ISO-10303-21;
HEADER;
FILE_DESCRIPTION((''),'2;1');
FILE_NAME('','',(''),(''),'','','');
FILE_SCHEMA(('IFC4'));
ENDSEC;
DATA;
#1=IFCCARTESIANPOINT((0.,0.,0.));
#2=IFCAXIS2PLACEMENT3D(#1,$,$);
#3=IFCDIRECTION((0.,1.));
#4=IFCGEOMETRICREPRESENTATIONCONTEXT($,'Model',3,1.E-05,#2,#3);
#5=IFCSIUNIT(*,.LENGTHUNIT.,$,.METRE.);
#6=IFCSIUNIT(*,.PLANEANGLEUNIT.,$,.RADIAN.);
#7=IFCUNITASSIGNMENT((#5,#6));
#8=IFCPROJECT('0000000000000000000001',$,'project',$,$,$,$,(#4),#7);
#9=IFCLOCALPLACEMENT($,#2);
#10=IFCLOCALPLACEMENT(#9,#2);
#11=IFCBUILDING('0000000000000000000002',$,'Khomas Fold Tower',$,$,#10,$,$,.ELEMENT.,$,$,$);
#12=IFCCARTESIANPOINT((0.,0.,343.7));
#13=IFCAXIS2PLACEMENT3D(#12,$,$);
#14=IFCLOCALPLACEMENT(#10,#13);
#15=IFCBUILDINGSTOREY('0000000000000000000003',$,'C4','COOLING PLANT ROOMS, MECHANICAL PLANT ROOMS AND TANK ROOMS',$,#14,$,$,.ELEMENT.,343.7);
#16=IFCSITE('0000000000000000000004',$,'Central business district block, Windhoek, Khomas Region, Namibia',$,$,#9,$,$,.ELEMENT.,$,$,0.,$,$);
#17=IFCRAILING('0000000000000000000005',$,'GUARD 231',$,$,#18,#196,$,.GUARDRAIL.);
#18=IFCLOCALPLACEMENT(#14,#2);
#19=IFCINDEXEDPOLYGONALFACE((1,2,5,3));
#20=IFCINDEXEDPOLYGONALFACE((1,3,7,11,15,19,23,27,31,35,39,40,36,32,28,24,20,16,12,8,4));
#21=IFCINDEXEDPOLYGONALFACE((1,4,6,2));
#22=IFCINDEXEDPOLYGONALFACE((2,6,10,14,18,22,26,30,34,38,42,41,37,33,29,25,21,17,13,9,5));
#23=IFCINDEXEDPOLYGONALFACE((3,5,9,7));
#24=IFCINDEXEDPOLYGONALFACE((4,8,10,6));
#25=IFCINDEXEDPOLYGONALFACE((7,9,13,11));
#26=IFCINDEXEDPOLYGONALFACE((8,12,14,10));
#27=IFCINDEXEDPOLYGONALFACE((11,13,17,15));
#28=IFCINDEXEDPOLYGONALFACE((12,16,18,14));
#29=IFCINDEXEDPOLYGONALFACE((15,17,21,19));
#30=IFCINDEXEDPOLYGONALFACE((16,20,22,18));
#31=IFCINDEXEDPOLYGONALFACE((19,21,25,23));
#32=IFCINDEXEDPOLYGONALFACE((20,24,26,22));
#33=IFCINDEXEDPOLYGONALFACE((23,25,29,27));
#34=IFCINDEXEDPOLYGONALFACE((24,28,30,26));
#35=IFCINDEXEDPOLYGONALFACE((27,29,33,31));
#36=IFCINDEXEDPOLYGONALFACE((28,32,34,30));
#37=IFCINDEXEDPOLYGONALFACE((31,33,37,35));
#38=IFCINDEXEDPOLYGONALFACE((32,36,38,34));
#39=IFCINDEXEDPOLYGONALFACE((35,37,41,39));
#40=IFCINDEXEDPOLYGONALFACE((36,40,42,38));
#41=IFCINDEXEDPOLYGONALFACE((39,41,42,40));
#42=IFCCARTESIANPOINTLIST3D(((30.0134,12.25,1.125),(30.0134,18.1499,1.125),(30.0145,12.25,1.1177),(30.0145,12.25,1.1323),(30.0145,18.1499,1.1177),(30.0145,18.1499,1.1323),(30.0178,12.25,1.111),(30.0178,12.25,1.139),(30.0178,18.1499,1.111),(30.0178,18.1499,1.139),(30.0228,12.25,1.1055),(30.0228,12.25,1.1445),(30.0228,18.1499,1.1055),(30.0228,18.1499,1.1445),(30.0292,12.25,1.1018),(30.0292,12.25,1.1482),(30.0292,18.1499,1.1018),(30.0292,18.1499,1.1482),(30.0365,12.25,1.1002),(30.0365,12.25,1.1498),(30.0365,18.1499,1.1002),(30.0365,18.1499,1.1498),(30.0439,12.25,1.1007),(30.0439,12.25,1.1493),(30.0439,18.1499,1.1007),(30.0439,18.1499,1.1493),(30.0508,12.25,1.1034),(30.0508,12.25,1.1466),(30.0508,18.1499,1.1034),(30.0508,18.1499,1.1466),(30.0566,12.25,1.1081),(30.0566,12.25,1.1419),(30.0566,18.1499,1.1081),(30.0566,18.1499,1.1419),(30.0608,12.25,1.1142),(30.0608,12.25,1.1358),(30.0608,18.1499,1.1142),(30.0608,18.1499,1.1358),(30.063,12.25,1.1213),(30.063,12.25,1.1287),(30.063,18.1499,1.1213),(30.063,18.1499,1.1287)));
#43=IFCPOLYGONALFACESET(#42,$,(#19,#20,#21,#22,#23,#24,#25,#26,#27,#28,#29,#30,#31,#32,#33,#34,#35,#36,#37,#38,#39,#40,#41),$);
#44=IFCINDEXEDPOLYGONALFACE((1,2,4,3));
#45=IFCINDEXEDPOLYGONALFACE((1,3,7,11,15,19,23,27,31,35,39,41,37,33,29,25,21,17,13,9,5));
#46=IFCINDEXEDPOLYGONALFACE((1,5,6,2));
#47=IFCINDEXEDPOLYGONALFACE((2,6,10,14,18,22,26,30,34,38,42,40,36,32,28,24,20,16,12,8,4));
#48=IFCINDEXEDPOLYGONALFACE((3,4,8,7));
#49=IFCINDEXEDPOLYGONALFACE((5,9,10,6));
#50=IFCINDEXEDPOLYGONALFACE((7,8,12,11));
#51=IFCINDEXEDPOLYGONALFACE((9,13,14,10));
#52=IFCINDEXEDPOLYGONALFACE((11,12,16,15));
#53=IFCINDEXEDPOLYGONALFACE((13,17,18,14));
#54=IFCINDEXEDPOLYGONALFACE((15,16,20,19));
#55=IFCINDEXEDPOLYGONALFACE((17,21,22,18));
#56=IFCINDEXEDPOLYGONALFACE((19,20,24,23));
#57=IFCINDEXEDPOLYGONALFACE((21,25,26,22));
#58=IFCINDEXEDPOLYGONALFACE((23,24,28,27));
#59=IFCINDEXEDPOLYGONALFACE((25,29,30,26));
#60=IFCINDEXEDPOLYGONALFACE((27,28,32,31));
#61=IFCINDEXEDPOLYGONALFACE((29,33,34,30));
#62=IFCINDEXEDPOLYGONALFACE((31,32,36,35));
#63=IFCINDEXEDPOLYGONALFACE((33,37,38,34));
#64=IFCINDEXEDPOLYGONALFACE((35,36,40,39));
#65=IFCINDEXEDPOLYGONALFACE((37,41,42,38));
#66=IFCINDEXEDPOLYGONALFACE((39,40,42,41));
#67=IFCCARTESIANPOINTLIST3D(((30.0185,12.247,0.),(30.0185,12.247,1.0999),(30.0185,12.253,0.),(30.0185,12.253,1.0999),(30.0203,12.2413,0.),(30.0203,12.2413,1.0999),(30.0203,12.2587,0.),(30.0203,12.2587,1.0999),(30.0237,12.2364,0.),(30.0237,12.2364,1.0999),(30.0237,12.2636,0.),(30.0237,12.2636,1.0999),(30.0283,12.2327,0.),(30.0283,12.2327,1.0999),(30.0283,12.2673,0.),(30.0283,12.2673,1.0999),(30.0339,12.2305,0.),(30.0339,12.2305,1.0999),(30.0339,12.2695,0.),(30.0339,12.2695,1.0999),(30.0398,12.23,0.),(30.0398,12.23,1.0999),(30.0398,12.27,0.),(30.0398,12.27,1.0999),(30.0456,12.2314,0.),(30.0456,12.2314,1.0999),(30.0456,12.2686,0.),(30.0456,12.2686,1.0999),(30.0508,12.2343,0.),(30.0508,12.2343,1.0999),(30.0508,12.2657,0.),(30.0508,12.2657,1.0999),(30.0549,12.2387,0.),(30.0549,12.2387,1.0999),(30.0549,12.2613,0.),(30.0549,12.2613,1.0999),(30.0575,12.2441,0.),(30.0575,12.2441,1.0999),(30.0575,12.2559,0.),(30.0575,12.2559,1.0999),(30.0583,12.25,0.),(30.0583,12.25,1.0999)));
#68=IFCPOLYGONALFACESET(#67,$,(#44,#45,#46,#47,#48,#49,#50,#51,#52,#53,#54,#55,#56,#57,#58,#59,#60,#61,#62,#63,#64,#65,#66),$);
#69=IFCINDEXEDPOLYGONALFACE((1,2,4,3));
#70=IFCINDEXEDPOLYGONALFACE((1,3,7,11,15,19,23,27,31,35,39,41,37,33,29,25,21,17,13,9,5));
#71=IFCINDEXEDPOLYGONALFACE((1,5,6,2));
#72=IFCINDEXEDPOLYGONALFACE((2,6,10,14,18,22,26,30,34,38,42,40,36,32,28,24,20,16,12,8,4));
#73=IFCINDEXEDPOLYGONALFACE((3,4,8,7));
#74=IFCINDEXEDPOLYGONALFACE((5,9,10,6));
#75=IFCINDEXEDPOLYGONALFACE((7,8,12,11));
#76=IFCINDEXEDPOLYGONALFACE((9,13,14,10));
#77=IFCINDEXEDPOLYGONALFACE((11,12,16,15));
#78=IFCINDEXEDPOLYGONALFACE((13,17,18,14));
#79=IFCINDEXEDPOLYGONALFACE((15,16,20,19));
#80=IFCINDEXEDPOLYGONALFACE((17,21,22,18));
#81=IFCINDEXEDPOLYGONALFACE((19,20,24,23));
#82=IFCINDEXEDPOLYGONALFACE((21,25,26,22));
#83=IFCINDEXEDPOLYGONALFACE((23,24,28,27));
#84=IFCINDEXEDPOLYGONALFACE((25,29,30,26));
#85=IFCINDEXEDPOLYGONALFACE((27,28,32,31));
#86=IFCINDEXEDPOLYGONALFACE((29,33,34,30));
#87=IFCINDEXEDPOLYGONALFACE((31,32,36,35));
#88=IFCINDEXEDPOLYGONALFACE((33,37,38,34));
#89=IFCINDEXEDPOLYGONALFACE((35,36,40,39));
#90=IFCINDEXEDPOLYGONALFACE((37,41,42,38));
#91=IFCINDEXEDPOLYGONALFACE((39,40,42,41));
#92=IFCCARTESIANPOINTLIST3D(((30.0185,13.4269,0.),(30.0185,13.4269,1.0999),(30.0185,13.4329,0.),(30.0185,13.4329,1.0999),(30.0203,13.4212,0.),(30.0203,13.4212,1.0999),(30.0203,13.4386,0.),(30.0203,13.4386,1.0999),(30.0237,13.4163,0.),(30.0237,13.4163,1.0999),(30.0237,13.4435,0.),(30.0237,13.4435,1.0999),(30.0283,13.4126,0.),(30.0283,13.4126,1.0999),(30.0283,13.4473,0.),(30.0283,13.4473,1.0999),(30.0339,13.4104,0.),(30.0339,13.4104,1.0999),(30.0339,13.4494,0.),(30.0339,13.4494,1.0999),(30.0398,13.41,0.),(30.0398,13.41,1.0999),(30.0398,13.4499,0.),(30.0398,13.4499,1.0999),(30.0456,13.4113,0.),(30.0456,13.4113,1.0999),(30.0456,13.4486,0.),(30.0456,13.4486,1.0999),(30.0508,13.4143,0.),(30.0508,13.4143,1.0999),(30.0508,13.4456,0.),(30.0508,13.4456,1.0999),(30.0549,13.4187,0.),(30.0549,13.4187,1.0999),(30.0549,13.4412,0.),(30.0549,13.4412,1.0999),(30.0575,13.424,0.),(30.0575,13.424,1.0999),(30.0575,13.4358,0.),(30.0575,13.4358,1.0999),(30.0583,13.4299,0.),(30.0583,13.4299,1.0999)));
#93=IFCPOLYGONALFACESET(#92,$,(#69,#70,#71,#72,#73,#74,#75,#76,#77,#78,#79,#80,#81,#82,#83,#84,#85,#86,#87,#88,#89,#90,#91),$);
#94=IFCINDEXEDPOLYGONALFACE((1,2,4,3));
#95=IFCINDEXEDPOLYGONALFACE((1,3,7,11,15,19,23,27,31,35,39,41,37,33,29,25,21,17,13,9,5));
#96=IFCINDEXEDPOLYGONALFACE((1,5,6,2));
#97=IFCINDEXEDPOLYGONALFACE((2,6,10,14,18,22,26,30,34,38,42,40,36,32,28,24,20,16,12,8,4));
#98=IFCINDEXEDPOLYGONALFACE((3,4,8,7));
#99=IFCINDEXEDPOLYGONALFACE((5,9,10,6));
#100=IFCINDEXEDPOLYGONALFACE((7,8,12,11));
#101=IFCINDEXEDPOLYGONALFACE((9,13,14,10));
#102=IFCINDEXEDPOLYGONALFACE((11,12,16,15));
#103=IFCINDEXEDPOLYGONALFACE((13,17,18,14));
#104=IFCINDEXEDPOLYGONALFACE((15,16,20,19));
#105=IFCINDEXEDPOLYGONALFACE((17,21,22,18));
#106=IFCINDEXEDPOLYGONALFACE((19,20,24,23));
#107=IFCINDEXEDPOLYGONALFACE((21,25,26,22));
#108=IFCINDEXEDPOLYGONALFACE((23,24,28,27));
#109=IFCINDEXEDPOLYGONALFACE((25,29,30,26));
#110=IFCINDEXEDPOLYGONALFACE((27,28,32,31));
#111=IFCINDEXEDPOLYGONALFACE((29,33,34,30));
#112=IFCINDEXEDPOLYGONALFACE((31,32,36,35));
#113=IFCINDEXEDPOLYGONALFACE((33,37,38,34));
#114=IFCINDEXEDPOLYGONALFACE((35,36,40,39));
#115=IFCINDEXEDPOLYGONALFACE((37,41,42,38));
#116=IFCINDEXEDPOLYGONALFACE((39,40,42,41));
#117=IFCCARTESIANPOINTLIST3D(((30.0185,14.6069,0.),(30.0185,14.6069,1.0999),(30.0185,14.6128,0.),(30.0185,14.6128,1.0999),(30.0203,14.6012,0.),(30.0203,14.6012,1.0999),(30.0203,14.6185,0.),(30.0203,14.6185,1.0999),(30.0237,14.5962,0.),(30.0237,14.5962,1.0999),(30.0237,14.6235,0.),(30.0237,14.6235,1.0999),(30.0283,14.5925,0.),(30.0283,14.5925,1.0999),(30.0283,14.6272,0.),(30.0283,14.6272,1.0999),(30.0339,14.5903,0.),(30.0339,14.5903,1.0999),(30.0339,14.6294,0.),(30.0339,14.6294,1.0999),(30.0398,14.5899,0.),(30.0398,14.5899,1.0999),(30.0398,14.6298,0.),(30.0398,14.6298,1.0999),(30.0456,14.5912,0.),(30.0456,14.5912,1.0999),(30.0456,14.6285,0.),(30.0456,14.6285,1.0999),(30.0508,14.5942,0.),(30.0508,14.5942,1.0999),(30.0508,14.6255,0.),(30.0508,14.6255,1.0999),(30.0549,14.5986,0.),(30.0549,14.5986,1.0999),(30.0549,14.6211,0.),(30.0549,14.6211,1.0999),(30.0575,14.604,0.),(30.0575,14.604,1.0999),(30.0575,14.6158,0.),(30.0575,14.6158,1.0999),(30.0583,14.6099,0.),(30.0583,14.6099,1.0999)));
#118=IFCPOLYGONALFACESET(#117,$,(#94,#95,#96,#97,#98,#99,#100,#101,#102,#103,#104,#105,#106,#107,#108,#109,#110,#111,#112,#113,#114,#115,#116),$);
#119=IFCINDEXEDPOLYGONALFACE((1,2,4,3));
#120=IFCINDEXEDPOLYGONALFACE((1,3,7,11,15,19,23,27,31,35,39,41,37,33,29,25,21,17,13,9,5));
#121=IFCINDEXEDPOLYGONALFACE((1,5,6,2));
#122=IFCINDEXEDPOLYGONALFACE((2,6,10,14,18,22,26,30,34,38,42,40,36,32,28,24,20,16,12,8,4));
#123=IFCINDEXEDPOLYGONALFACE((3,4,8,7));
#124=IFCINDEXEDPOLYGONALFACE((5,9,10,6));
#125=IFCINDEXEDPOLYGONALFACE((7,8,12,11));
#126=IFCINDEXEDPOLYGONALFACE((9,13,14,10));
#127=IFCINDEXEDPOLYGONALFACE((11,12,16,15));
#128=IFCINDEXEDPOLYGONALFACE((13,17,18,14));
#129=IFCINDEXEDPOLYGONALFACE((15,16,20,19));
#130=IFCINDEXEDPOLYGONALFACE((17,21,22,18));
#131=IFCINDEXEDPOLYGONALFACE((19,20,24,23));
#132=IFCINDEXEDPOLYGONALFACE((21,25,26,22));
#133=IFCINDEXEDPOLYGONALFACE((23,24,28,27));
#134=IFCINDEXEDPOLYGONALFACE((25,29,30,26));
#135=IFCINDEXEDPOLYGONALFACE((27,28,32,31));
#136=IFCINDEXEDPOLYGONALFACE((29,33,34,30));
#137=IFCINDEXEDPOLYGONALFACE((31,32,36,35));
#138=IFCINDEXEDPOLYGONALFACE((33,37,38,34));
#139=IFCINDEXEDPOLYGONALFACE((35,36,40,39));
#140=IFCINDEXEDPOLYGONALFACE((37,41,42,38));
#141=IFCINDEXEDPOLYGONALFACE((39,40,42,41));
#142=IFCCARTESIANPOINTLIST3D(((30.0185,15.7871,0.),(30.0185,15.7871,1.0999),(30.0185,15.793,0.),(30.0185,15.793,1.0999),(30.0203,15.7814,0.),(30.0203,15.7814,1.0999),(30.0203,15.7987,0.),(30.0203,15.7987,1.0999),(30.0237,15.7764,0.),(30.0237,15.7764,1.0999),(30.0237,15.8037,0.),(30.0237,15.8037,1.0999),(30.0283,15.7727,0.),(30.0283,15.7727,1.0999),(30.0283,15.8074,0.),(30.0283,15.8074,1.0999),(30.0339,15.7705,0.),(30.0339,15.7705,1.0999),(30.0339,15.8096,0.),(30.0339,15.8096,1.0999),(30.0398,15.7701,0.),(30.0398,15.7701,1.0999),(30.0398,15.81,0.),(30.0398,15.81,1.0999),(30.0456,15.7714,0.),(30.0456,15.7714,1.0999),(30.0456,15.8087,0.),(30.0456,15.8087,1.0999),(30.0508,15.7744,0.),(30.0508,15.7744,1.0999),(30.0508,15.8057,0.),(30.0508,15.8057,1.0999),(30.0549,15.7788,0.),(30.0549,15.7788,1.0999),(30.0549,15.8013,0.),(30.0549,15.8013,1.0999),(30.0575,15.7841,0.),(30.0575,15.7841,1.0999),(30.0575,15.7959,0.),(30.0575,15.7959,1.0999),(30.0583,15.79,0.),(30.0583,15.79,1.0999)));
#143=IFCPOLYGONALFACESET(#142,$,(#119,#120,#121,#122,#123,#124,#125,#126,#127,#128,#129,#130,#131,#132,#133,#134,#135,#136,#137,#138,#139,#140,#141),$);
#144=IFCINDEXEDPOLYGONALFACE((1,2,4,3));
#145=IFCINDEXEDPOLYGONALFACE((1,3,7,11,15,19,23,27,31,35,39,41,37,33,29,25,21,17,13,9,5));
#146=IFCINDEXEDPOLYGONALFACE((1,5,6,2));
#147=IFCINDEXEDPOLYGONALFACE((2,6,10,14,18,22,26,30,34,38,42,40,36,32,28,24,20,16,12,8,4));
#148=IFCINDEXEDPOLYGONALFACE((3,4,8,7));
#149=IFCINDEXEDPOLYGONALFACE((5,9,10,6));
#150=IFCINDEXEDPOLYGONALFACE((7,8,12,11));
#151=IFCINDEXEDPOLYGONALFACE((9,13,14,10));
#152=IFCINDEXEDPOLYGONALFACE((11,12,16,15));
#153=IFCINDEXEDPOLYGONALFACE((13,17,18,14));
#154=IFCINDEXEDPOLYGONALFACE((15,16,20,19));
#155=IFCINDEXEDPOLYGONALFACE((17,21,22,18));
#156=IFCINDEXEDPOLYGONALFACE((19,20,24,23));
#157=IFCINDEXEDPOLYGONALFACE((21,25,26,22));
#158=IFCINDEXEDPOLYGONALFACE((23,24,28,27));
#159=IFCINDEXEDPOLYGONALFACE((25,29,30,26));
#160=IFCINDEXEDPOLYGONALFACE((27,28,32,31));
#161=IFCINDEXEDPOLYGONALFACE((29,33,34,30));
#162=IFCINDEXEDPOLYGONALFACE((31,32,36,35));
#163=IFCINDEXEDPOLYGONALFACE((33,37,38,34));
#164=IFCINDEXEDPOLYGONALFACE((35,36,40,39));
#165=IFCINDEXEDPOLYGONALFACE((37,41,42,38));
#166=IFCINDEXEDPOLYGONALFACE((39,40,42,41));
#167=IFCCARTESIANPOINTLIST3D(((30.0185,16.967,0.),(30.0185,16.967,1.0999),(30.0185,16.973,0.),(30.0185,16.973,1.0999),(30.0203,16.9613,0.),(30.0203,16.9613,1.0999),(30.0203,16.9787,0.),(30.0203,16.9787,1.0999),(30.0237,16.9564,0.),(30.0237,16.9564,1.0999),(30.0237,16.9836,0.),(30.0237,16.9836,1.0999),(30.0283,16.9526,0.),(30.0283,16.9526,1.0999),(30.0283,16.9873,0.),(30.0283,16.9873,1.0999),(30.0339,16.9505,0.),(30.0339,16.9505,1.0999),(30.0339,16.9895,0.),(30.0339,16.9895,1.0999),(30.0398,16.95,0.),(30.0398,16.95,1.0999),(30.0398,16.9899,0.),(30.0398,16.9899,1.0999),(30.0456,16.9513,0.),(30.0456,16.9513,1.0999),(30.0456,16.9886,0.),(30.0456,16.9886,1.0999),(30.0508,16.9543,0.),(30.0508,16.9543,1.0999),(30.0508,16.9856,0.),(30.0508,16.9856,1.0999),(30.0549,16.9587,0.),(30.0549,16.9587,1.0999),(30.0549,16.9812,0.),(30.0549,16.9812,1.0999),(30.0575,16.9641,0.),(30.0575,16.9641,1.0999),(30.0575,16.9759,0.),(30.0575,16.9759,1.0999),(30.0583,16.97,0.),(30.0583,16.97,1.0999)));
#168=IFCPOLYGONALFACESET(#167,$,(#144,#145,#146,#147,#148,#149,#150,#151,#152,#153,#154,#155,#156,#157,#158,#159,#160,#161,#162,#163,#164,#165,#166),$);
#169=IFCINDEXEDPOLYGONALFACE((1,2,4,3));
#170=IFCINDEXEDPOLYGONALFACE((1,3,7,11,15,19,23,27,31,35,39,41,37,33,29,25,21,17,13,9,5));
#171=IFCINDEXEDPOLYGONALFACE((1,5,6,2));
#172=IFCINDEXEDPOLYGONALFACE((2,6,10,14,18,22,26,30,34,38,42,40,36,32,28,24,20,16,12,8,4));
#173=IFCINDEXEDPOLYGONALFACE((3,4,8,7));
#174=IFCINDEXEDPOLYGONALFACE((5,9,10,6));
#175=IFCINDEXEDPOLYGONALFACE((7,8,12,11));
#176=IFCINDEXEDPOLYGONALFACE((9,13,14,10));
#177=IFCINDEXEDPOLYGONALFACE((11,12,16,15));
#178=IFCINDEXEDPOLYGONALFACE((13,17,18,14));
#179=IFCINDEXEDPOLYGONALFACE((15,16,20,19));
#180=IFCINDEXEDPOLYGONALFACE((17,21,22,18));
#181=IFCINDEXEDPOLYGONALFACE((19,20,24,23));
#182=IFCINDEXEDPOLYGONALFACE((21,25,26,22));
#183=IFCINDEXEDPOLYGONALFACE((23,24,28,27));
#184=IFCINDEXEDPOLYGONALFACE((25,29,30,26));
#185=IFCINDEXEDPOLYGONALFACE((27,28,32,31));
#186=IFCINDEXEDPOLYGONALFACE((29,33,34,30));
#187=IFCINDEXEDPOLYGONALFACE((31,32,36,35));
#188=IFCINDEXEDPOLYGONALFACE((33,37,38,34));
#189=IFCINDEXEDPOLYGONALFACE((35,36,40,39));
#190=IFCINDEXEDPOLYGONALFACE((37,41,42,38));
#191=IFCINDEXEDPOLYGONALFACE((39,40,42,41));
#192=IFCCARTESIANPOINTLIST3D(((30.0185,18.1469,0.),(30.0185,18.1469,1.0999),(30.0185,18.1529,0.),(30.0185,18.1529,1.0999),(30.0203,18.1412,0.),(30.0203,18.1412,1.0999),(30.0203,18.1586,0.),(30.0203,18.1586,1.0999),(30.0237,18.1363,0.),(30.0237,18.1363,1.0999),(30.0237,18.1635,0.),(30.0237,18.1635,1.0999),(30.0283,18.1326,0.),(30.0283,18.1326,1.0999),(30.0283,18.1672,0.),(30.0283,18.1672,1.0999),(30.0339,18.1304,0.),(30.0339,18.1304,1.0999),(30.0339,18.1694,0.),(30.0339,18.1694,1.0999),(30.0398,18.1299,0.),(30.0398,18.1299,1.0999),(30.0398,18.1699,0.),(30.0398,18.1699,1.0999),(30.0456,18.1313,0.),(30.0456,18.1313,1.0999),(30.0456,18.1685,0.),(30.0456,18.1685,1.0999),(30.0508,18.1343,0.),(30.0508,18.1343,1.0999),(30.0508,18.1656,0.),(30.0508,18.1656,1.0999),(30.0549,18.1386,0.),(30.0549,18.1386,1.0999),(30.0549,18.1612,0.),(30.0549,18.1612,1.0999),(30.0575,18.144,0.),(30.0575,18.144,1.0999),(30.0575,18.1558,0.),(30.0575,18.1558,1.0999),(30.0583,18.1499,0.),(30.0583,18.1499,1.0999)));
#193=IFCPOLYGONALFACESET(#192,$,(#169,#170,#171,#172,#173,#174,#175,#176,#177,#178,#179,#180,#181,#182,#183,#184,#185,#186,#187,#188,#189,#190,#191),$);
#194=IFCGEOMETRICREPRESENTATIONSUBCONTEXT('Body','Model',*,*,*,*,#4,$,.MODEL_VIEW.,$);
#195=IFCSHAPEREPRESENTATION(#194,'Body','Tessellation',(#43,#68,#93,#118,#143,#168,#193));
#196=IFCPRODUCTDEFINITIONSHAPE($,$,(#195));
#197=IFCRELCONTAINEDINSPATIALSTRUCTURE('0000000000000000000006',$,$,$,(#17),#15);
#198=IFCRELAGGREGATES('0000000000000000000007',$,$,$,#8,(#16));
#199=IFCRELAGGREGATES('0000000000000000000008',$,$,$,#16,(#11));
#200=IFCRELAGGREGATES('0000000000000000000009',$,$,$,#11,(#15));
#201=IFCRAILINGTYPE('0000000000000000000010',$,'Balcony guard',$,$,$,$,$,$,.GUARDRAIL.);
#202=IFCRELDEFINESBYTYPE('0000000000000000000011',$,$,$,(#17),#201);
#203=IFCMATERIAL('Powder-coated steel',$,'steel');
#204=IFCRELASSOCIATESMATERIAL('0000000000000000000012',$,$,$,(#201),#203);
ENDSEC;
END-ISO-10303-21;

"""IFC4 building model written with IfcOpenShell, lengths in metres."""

from ifc_helpers import new_model, si_unit, direction, frame, origin, origin_2d, place, context, subcontext, project, spatial, circle, extrude, source, transform, mapped, material, type_object, element, save


model = new_model("IFC4")

# Units and contexts
model_context = context("Model", 3, precision=1e-05, world=origin(), true_north=direction((0.0, 1.0)))
body_context = subcontext(model_context, "Body", "Model", "MODEL_VIEW")
ifc_project = project(units=[si_unit("LENGTHUNIT", "METRE"), si_unit("PLANEANGLEUNIT", "RADIAN")], contexts=[model_context])

# Site, building, storey
site_placement = place(None, origin())
site = spatial("IfcSite", under=ifc_project, at=site_placement, Name="Central business district block, Windhoek, Khomas Region, Namibia", CompositionType="ELEMENT", RefElevation=0.0)
building_placement = place(site_placement, origin())
building = spatial("IfcBuilding", under=site, at=building_placement, Name="Khomas Fold Tower", CompositionType="ELEMENT")
storey_placement = place(building_placement, frame((0.0, 0.0, 343.7)))
storey = spatial("IfcBuildingStorey", under=building, at=storey_placement, Name="C4", Description="COOLING PLANT ROOMS, MECHANICAL PLANT ROOMS AND TANK ROOMS", CompositionType="ELEMENT", Elevation=343.7)

# Railing
ifc_material_1 = material(Name="Powder-coated steel", Category="steel")
railing_type_1 = type_object("IfcRailingType", Name="Balcony guard", PredefinedType="GUARDRAIL", material=ifc_material_1)
shared_shape_1 = source(origin(), body_context, "Body", "SweptSolid", [
    extrude(circle(Radius=0.0249, at=origin_2d()), frame((0.0, 0.0, 1.125), z_axis=(0.0, 1.0, 0.0), x_axis=(-1.0, 0.0, 0.0)), (0.0, 0.0, 1.0), 5.8999),
    extrude(circle(Radius=0.02, at=origin_2d()), origin(), (0.0, 0.0, 1.0), 1.0999),
    extrude(circle(Radius=0.02, at=origin_2d()), frame((0.0, 1.1799, 0.0)), (0.0, 0.0, 1.0), 1.0999),
    extrude(circle(Radius=0.02, at=origin_2d()), frame((0.0, 2.3599, 0.0)), (0.0, 0.0, 1.0), 1.0999),
    extrude(circle(Radius=0.02, at=origin_2d()), frame((0.0, 3.54, 0.0)), (0.0, 0.0, 1.0), 1.0999),
    extrude(circle(Radius=0.02, at=origin_2d()), frame((0.0, 4.72, 0.0)), (0.0, 0.0, 1.0), 1.0999),
    extrude(circle(Radius=0.02, at=origin_2d()), frame((0.0, 5.8999, 0.0)), (0.0, 0.0, 1.0), 1.0999),
])
railing_1_placement = place(storey_placement, frame((30.0383, 12.25, 0.0)))
element("IfcRailing", 1, at=railing_1_placement, inside=storey, type_object=railing_type_1, Name="GUARD 231", PredefinedType="GUARDRAIL", context=body_context, shape_type="MappedRepresentation", body=[
    mapped(shared_shape_1, transform((0.0, 0.0, 0.0))),
])

save(model, "model.ifc")
